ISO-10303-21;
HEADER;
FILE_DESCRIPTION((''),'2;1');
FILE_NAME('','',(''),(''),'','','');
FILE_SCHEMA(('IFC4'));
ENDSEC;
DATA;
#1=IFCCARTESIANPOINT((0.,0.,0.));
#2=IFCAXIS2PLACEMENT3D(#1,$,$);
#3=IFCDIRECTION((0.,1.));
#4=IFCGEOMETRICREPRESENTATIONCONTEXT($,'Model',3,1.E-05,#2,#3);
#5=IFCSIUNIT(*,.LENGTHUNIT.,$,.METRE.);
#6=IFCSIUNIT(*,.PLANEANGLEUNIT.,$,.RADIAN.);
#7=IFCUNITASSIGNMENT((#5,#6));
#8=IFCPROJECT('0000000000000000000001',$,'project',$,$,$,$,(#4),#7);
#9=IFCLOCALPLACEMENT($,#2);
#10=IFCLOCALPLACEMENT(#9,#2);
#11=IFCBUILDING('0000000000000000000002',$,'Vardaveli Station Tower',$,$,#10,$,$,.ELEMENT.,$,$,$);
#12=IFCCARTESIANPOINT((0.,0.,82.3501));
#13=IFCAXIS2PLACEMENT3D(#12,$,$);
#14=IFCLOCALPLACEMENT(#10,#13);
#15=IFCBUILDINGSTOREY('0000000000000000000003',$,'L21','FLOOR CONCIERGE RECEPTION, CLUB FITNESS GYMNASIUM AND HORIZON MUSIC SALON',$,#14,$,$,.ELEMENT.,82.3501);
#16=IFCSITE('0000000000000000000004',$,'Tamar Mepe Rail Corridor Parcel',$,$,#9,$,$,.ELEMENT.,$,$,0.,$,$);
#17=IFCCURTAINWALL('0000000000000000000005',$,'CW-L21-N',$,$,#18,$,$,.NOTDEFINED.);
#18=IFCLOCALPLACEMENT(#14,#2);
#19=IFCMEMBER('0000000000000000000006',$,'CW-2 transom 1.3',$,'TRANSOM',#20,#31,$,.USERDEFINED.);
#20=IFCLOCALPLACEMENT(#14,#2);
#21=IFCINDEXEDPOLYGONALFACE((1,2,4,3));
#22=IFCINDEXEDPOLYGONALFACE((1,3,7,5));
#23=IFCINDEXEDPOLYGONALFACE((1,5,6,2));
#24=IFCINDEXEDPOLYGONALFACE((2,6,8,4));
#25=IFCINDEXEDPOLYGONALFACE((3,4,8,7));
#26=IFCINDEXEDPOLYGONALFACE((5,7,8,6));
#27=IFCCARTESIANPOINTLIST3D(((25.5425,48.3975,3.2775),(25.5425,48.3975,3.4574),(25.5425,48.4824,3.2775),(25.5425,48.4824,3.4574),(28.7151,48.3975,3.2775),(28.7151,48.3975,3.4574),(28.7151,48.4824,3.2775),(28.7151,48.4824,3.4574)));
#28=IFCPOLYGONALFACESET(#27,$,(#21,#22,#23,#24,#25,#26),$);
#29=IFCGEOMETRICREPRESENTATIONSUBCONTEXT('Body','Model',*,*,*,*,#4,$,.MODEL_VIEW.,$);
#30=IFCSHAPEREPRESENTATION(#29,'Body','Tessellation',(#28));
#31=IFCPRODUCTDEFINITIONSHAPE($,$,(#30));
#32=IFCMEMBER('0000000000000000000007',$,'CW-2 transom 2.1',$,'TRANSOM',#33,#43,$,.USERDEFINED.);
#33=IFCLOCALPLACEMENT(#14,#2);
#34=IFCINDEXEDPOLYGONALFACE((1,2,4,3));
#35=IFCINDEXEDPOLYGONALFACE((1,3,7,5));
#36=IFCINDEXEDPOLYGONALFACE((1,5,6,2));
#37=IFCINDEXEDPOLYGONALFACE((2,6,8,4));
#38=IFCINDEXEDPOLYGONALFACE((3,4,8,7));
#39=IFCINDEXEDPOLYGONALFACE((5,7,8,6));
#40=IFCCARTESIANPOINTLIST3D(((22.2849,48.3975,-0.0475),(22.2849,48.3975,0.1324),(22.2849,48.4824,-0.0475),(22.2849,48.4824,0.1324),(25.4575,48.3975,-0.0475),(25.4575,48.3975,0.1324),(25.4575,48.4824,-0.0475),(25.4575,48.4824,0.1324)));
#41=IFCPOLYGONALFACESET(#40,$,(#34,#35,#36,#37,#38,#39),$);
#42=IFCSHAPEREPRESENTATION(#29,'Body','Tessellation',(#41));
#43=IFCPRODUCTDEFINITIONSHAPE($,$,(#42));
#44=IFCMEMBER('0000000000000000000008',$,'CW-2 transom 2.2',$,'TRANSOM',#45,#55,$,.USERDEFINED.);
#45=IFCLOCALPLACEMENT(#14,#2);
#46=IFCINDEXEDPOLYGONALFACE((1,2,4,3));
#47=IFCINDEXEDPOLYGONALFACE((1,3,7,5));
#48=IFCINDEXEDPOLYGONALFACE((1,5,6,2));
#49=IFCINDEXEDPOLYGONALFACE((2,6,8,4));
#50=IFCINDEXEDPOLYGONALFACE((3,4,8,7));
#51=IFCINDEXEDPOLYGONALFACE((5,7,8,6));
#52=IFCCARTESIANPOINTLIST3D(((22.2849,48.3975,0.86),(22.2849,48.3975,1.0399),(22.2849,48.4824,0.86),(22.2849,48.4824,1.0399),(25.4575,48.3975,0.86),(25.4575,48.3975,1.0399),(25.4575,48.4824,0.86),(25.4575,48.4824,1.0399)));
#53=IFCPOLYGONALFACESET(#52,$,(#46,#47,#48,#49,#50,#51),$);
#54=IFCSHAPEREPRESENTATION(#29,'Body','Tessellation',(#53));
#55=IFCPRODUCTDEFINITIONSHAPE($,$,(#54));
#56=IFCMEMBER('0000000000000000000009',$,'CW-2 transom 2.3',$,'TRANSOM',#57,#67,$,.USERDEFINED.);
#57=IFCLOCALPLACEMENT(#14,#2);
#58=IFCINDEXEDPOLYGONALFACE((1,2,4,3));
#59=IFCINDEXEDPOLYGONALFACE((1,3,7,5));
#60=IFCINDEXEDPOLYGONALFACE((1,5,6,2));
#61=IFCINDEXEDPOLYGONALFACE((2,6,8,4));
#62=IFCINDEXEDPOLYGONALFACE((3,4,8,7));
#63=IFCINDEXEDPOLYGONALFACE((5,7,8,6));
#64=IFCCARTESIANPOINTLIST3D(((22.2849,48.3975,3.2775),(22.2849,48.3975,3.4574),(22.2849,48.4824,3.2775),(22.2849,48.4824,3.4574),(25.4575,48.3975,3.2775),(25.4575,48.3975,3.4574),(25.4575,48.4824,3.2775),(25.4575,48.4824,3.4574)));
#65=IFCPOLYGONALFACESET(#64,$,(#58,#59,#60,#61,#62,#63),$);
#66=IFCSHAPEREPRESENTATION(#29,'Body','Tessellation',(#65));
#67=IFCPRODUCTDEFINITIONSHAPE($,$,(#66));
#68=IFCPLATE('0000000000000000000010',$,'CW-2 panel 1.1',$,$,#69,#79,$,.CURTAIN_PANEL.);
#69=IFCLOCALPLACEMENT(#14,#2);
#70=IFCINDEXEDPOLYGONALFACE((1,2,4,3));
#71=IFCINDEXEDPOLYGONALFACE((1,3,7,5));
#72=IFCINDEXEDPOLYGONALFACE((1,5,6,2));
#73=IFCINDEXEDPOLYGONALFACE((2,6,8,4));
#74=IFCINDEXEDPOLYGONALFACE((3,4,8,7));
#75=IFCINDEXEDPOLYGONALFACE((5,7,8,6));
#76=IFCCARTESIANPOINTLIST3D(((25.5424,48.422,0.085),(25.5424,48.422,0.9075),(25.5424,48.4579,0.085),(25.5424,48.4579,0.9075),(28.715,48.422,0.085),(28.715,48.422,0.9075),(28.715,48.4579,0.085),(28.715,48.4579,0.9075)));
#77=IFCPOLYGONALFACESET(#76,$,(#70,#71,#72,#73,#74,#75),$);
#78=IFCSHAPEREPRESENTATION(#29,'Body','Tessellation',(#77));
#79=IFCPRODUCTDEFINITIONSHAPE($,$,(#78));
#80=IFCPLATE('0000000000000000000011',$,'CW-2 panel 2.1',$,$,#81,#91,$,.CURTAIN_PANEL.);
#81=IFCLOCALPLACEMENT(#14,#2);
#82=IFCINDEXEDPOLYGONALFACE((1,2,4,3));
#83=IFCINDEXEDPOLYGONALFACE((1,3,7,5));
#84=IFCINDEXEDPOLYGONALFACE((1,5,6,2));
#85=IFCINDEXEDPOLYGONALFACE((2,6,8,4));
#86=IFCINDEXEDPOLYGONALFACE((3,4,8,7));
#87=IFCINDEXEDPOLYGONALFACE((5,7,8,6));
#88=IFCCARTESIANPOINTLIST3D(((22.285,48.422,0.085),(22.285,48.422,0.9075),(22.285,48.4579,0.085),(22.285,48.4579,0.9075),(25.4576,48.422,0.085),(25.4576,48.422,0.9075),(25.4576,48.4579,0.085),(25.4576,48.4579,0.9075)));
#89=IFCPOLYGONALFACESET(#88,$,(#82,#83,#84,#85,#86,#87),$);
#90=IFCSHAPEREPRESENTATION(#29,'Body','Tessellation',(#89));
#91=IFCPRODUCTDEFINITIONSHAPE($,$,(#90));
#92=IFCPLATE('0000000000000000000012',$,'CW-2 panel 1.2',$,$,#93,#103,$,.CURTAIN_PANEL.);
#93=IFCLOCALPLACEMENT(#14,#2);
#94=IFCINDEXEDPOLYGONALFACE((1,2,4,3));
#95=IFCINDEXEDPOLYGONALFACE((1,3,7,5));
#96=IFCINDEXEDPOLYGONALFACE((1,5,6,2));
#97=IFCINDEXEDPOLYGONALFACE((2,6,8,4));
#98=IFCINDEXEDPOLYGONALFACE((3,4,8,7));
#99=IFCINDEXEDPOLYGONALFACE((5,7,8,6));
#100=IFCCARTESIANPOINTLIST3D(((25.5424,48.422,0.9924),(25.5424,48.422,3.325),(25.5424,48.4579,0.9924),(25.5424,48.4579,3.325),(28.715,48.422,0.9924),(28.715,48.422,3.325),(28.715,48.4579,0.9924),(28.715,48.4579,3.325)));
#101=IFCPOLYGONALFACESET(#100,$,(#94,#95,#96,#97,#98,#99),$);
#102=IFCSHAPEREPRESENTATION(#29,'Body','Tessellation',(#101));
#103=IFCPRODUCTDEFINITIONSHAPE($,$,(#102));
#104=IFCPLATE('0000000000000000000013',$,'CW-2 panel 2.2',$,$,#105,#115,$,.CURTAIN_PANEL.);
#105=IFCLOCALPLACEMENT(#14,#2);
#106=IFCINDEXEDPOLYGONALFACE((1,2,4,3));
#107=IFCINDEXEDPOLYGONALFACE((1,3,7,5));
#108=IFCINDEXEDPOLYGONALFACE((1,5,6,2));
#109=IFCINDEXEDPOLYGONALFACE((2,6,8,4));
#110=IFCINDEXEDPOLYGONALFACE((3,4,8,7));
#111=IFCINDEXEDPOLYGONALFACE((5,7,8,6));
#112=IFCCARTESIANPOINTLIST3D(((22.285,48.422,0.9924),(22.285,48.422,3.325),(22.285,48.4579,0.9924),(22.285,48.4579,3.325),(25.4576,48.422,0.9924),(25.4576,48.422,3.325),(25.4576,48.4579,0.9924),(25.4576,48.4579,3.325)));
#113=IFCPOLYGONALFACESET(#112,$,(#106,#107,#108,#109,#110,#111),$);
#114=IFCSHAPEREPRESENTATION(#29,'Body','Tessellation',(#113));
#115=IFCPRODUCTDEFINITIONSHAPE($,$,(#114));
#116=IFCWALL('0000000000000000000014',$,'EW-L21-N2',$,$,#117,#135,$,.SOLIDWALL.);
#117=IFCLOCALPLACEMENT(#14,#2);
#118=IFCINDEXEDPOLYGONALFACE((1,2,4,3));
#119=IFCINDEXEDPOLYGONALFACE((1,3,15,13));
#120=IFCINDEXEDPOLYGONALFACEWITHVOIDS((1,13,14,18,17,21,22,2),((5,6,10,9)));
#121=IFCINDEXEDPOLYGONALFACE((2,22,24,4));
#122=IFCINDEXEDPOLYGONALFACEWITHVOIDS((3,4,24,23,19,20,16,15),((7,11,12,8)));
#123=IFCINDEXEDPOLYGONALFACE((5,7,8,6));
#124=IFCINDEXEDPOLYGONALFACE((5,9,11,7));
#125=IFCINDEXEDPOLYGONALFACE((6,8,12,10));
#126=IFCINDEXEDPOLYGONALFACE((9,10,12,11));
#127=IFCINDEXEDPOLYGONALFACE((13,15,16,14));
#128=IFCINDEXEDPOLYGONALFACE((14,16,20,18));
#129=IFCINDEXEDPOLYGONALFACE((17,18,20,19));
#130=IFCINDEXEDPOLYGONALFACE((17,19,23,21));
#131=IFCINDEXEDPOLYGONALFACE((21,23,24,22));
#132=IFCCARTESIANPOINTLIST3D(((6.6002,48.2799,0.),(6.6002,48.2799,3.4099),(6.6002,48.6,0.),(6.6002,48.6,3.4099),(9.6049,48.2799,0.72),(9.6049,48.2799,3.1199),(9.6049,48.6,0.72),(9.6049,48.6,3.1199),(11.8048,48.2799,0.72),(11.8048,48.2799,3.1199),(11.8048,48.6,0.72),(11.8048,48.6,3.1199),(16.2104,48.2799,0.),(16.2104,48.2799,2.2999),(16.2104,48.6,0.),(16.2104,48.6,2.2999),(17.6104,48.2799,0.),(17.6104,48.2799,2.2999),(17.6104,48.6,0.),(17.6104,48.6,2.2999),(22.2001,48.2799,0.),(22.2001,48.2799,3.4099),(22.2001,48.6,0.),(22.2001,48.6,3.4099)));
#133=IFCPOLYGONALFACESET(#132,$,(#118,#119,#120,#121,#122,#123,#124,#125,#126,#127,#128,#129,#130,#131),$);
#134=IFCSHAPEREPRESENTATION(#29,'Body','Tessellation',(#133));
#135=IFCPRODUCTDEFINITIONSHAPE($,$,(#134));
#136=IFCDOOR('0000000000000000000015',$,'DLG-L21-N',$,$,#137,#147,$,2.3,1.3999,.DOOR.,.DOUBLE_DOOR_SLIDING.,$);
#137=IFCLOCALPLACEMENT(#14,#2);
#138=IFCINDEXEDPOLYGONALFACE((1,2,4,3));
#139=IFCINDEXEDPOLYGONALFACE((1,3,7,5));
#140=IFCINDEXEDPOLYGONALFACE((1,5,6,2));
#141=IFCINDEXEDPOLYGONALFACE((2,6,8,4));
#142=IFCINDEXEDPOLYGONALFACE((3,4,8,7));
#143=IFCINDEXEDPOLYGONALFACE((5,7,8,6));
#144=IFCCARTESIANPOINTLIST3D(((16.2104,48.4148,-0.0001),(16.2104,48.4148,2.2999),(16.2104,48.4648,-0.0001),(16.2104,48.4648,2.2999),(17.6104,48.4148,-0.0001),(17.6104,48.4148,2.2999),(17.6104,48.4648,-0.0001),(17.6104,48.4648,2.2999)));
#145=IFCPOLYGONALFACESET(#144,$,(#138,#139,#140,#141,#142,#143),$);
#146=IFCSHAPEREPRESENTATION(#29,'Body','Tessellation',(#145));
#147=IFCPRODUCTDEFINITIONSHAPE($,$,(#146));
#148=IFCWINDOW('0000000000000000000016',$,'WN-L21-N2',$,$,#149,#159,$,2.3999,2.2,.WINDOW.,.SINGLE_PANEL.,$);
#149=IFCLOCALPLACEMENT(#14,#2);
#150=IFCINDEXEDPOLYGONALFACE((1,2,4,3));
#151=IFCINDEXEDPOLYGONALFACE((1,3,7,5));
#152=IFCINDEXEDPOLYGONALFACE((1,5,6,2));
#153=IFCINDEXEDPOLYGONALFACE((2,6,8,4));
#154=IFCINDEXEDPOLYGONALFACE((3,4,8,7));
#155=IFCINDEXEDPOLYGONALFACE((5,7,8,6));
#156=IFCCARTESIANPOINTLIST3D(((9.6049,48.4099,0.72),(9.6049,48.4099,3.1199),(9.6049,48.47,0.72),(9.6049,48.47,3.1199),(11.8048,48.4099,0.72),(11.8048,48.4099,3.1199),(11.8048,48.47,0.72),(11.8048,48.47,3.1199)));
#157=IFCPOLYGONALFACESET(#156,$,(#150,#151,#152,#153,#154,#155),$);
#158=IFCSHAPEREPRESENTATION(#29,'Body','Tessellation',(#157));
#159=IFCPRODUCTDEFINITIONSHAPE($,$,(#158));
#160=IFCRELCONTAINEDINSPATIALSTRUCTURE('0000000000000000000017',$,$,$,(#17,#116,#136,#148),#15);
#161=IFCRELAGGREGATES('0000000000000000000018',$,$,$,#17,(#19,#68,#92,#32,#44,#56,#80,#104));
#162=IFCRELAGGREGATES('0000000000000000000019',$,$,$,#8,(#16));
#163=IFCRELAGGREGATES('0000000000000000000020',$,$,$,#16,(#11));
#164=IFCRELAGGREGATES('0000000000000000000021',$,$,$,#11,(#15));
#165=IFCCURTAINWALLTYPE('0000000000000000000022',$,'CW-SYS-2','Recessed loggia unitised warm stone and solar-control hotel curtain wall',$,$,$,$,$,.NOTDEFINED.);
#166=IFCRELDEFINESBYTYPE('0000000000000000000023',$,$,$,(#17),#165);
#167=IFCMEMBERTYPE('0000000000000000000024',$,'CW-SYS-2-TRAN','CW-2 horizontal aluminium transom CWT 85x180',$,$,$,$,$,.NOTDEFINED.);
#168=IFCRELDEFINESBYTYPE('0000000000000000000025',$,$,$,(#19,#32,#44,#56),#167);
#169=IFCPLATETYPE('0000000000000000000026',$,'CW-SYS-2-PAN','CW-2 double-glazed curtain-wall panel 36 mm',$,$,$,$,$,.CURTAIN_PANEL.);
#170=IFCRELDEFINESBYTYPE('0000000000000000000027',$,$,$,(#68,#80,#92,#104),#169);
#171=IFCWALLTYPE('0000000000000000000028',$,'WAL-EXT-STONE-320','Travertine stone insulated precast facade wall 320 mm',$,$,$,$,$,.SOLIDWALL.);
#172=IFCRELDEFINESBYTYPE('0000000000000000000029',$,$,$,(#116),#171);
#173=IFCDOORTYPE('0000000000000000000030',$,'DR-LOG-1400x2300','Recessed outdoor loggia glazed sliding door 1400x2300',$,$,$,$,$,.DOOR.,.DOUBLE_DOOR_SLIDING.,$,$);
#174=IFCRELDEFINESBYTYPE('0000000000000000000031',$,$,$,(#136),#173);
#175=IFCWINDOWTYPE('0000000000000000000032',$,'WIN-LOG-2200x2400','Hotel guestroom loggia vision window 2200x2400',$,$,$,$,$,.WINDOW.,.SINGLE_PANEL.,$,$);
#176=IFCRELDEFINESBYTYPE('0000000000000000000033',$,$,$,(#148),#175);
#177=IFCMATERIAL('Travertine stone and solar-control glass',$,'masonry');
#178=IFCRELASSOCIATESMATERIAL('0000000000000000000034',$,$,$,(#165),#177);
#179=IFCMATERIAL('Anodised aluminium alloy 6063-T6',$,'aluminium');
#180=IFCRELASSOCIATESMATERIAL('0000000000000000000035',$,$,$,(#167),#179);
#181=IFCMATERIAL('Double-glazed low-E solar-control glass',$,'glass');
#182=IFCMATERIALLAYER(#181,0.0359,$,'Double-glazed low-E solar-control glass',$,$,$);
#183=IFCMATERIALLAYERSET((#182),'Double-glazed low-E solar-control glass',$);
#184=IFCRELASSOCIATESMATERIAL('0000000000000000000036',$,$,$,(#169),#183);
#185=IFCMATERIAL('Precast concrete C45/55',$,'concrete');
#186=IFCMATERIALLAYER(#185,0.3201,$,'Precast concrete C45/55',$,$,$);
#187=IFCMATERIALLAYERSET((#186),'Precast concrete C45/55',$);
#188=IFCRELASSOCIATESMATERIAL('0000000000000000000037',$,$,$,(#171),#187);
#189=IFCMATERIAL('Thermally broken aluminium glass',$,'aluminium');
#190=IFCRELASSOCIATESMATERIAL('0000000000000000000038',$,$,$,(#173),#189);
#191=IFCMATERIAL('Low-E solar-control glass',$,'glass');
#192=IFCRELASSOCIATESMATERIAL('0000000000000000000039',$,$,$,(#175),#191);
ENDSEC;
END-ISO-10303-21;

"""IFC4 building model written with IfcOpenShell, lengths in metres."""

from ifc_helpers import new_model, si_unit, direction, frame, frame_2d, origin, origin_2d, place, context, subcontext, project, spatial, rectangle, extrude, source, transform, mapped, material, layer, layer_set, material_profile, profile_set, type_object, element, fill, aggregate, save


model = new_model("IFC4")

# Units and contexts
model_context = context("Model", 3, precision=1e-05, world=origin(), true_north=direction((0.0, 1.0)))
body_context = subcontext(model_context, "Body", "Model", "MODEL_VIEW")
ifc_project = project(units=[si_unit("LENGTHUNIT", "METRE"), si_unit("PLANEANGLEUNIT", "RADIAN")], contexts=[model_context])

# Site, building, storey
site_placement = place(None, origin())
site = spatial("IfcSite", under=ifc_project, at=site_placement, Name="Tamar Mepe Rail Corridor Parcel", CompositionType="ELEMENT", RefElevation=0.0)
building_placement = place(site_placement, origin())
building = spatial("IfcBuilding", under=site, at=building_placement, Name="Vardaveli Station Tower", CompositionType="ELEMENT")
storey_placement = place(building_placement, frame((0.0, 0.0, 82.3501)))
storey = spatial("IfcBuildingStorey", under=building, at=storey_placement, Name="L21", Description="FLOOR CONCIERGE RECEPTION, CLUB FITNESS GYMNASIUM AND HORIZON MUSIC SALON", CompositionType="ELEMENT", Elevation=82.3501)

# Shared definitions
ifc_material_1 = material(Name="Precast concrete C45/55", Category="concrete")

# Curtain wall, members, plates
ifc_material_2 = material(Name="Travertine stone and solar-control glass", Category="masonry")
curtain_wall_type = type_object("IfcCurtainWallType", Name="CW-SYS-2", Description="Recessed loggia unitised warm stone and solar-control hotel curtain wall", PredefinedType="NOTDEFINED", material=ifc_material_2)
curtain_wall_placement = place(storey_placement, origin())
curtain_wall = element("IfcCurtainWall", 1, at=curtain_wall_placement, inside=storey, type_object=curtain_wall_type, Name="CW-L21-N", PredefinedType="NOTDEFINED")
ifc_material_3 = material(Name="Anodised aluminium alloy 6063-T6", Category="aluminium")
ifc_material_profile_1 = material_profile(ifc_material_3, rectangle(XDim=0.085, YDim=0.1799, at=origin_2d()), Name="CWT 85x180")
ifc_profile_set_1 = profile_set([ifc_material_profile_1], Name="Anodised aluminium alloy 6063-T6")
member_type_1 = type_object("IfcMemberType", Name="CW-SYS-2-TRAN", Description="CW-2 horizontal aluminium transom CWT 85x180", PredefinedType="NOTDEFINED", material=ifc_profile_set_1)
shared_shape_1 = source(origin(), body_context, "Body", "SweptSolid", [
    extrude(rectangle(XDim=0.085, YDim=0.1799, at=origin_2d()), origin(), (0.0, 0.0, 1.0), 3.1726),
])
member_1_placement = place(storey_placement, frame((28.7151, 48.4399, 3.3674), z_axis=(-1.0, 0.0, 0.0), x_axis=(0.0, -1.0, 0.0)))
member_1 = element("IfcMember", 2, at=member_1_placement, type_object=member_type_1, Name="CW-2 transom 1.3", ObjectType="TRANSOM", PredefinedType="USERDEFINED", context=body_context, shape_type="MappedRepresentation", body=[
    mapped(shared_shape_1, transform((0.0, 0.0, 0.0), scale=1.0)),
])
member_2_placement = place(storey_placement, frame((25.4575, 48.4399, 0.0425), z_axis=(-1.0, 0.0, 0.0), x_axis=(0.0, -1.0, 0.0)))
member_2 = element("IfcMember", 3, at=member_2_placement, type_object=member_type_1, Name="CW-2 transom 2.1", ObjectType="TRANSOM", PredefinedType="USERDEFINED", context=body_context, shape_type="MappedRepresentation", body=[
    mapped(shared_shape_1, transform((0.0, 0.0, 0.0), scale=1.0)),
])
member_3_placement = place(storey_placement, frame((25.4575, 48.4399, 0.95), z_axis=(-1.0, 0.0, 0.0), x_axis=(0.0, -1.0, 0.0)))
member_3 = element("IfcMember", 4, at=member_3_placement, type_object=member_type_1, Name="CW-2 transom 2.2", ObjectType="TRANSOM", PredefinedType="USERDEFINED", context=body_context, shape_type="MappedRepresentation", body=[
    mapped(shared_shape_1, transform((0.0, 0.0, 0.0), scale=1.0)),
])
member_4_placement = place(storey_placement, frame((25.4575, 48.4399, 3.3674), z_axis=(-1.0, 0.0, 0.0), x_axis=(0.0, -1.0, 0.0)))
member_4 = element("IfcMember", 5, at=member_4_placement, type_object=member_type_1, Name="CW-2 transom 2.3", ObjectType="TRANSOM", PredefinedType="USERDEFINED", context=body_context, shape_type="MappedRepresentation", body=[
    mapped(shared_shape_1, transform((0.0, 0.0, 0.0), scale=1.0)),
])
ifc_material_4 = material(Name="Double-glazed low-E solar-control glass", Category="glass")
ifc_layer_1 = layer(ifc_material_4, 0.0359, Name="Double-glazed low-E solar-control glass")
ifc_layer_set_1 = layer_set([ifc_layer_1], Name="Double-glazed low-E solar-control glass")
plate_type = type_object("IfcPlateType", Name="CW-SYS-2-PAN", Description="CW-2 double-glazed curtain-wall panel 36 mm", PredefinedType="CURTAIN_PANEL", material=ifc_layer_set_1)
shared_shape_2 = source(origin(), body_context, "Body", "SweptSolid", [
    extrude(rectangle(XDim=3.1726, YDim=0.0359, at=origin_2d()), origin(), (0.0, 0.0, 1.0), 0.8225),
])
plate_1_placement = place(storey_placement, frame((27.1287, 48.4399, 0.085), z_axis=(0.0, 0.0, 1.0), x_axis=(-1.0, 0.0, 0.0)))
plate_1 = element("IfcPlate", 6, at=plate_1_placement, type_object=plate_type, Name="CW-2 panel 1.1", PredefinedType="CURTAIN_PANEL", context=body_context, shape_type="MappedRepresentation", body=[
    mapped(shared_shape_2, transform((0.0, 0.0, 0.0), scale=1.0)),
])
plate_2_placement = place(storey_placement, frame((23.8713, 48.4399, 0.085), z_axis=(0.0, 0.0, 1.0), x_axis=(-1.0, 0.0, 0.0)))
plate_2 = element("IfcPlate", 7, at=plate_2_placement, type_object=plate_type, Name="CW-2 panel 2.1", PredefinedType="CURTAIN_PANEL", context=body_context, shape_type="MappedRepresentation", body=[
    mapped(shared_shape_2, transform((0.0, 0.0, 0.0), scale=1.0)),
])
shared_shape_3 = source(origin(), body_context, "Body", "SweptSolid", [
    extrude(rectangle(XDim=3.1726, YDim=0.0359, at=origin_2d()), origin(), (0.0, 0.0, 1.0), 2.3325),
])
plate_3_placement = place(storey_placement, frame((27.1287, 48.4399, 0.9924), z_axis=(0.0, 0.0, 1.0), x_axis=(-1.0, 0.0, 0.0)))
plate_3 = element("IfcPlate", 8, at=plate_3_placement, type_object=plate_type, Name="CW-2 panel 1.2", PredefinedType="CURTAIN_PANEL", context=body_context, shape_type="MappedRepresentation", body=[
    mapped(shared_shape_3, transform((0.0, 0.0, 0.0), scale=1.0)),
])
plate_4_placement = place(storey_placement, frame((23.8713, 48.4399, 0.9924), z_axis=(0.0, 0.0, 1.0), x_axis=(-1.0, 0.0, 0.0)))
plate_4 = element("IfcPlate", 9, at=plate_4_placement, type_object=plate_type, Name="CW-2 panel 2.2", PredefinedType="CURTAIN_PANEL", context=body_context, shape_type="MappedRepresentation", body=[
    mapped(shared_shape_3, transform((0.0, 0.0, 0.0), scale=1.0)),
])
aggregate(curtain_wall, [member_1, plate_1, plate_3, member_2, member_3, member_4, plate_2, plate_4])

# Wall, openings, door, window
ifc_layer_2 = layer(ifc_material_1, 0.3201, Name="Precast concrete C45/55")
ifc_layer_set_2 = layer_set([ifc_layer_2], Name="Precast concrete C45/55")
wall_type_1 = type_object("IfcWallType", Name="WAL-EXT-STONE-320", Description="Travertine stone insulated precast facade wall 320 mm", PredefinedType="SOLIDWALL", material=ifc_layer_set_2)
shared_shape_4 = source(origin(), body_context, "Body", "SweptSolid", [
    extrude(rectangle(XDim=15.5999, YDim=0.3201, at=frame_2d((7.7998, 0.0))), origin(), (0.0, 0.0, 1.0), 3.4099),
])
wall_1_placement = place(storey_placement, frame((22.2, 48.4399, 0.0), z_axis=(0.0, 0.0, 1.0), x_axis=(-1.0, 0.0, 0.0)))
wall_1 = element("IfcWall", 10, at=wall_1_placement, inside=storey, type_object=wall_type_1, Name="EW-L21-N2", PredefinedType="SOLIDWALL", context=body_context, shape_type="MappedRepresentation", body=[
    mapped(shared_shape_4, transform((0.0, 0.0, 0.0), scale=1.0)),
])
shared_shape_5 = source(origin(), body_context, "Body", "SweptSolid", [
    extrude(rectangle(XDim=1.3999, YDim=2.3, at=frame_2d((0.7, 1.1499))), frame((0.0, 0.1699, 0.0), z_axis=(0.0, -1.0, 0.0), x_axis=(1.0, 0.0, 0.0)), (0.0, 0.0, 1.0), 0.3401),
])
opening_1_placement = place(wall_1_placement, frame((4.5896, 0.0, 0.0)))
opening_1 = element("IfcOpeningElement", 11, at=opening_1_placement, cuts=wall_1, PredefinedType="OPENING", context=body_context, shape_type="MappedRepresentation", body=[
    mapped(shared_shape_5, transform((0.0, 0.0, 0.0), scale=1.0)),
])
shared_shape_6 = source(origin(), body_context, "Body", "SweptSolid", [
    extrude(rectangle(XDim=2.2, YDim=2.3999, at=frame_2d((1.1001, 1.2))), frame((0.0, 0.1699, 0.0), z_axis=(0.0, -1.0, 0.0), x_axis=(1.0, 0.0, 0.0)), (0.0, 0.0, 1.0), 0.3401),
])
opening_2_placement = place(wall_1_placement, frame((10.395, 0.0, 0.72)))
opening_2 = element("IfcOpeningElement", 12, at=opening_2_placement, cuts=wall_1, PredefinedType="OPENING", context=body_context, shape_type="MappedRepresentation", body=[
    mapped(shared_shape_6, transform((0.0, 0.0, 0.0), scale=1.0)),
])
ifc_material_5 = material(Name="Thermally broken aluminium glass", Category="aluminium")
door_type_1 = type_object("IfcDoorType", Name="DR-LOG-1400x2300", Description="Recessed outdoor loggia glazed sliding door 1400x2300", OperationType="DOUBLE_DOOR_SLIDING", PredefinedType="DOOR", material=ifc_material_5)
shared_shape_7 = source(origin(), body_context, "Body", "SweptSolid", [
    extrude(rectangle(XDim=1.3999, YDim=2.3, at=frame_2d((0.7, 1.1499))), frame((0.0, 0.0249, 0.0), z_axis=(0.0, -1.0, 0.0), x_axis=(1.0, 0.0, 0.0)), (0.0, 0.0, 1.0), 0.05),
])
door_1_placement = place(opening_1_placement, frame((1.3999, 0.0, 0.0), z_axis=(0.0, 0.0, 1.0), x_axis=(-1.0, 0.0, 0.0)))
door_1 = element("IfcDoor", 13, at=door_1_placement, inside=storey, type_object=door_type_1, Name="DLG-L21-N", OperationType="DOUBLE_DOOR_SLIDING", OverallHeight=2.3, OverallWidth=1.3999, PredefinedType="DOOR", context=body_context, shape_type="MappedRepresentation", body=[
    mapped(shared_shape_7, transform((0.0, 0.0, 0.0), scale=1.0)),
])
fill(opening_1, door_1)
ifc_material_6 = material(Name="Low-E solar-control glass", Category="glass")
window_type = type_object("IfcWindowType", Name="WIN-LOG-2200x2400", Description="Hotel guestroom loggia vision window 2200x2400", PartitioningType="SINGLE_PANEL", PredefinedType="WINDOW", material=ifc_material_6)
shared_shape_8 = source(origin(), body_context, "Body", "SweptSolid", [
    extrude(rectangle(XDim=2.2, YDim=2.3999, at=frame_2d((1.1001, 1.2))), frame((0.0, 0.03, 0.0), z_axis=(0.0, -1.0, 0.0), x_axis=(1.0, 0.0, 0.0)), (0.0, 0.0, 1.0), 0.0601),
])
window_placement = place(opening_2_placement, origin())
window = element("IfcWindow", 14, at=window_placement, inside=storey, type_object=window_type, Name="WN-L21-N2", OverallHeight=2.3999, OverallWidth=2.2, PartitioningType="SINGLE_PANEL", PredefinedType="WINDOW", context=body_context, shape_type="MappedRepresentation", body=[
    mapped(shared_shape_8, transform((0.0, 0.0, 0.0), scale=1.0)),
])
fill(opening_2, window)

save(model, "model.ifc")
